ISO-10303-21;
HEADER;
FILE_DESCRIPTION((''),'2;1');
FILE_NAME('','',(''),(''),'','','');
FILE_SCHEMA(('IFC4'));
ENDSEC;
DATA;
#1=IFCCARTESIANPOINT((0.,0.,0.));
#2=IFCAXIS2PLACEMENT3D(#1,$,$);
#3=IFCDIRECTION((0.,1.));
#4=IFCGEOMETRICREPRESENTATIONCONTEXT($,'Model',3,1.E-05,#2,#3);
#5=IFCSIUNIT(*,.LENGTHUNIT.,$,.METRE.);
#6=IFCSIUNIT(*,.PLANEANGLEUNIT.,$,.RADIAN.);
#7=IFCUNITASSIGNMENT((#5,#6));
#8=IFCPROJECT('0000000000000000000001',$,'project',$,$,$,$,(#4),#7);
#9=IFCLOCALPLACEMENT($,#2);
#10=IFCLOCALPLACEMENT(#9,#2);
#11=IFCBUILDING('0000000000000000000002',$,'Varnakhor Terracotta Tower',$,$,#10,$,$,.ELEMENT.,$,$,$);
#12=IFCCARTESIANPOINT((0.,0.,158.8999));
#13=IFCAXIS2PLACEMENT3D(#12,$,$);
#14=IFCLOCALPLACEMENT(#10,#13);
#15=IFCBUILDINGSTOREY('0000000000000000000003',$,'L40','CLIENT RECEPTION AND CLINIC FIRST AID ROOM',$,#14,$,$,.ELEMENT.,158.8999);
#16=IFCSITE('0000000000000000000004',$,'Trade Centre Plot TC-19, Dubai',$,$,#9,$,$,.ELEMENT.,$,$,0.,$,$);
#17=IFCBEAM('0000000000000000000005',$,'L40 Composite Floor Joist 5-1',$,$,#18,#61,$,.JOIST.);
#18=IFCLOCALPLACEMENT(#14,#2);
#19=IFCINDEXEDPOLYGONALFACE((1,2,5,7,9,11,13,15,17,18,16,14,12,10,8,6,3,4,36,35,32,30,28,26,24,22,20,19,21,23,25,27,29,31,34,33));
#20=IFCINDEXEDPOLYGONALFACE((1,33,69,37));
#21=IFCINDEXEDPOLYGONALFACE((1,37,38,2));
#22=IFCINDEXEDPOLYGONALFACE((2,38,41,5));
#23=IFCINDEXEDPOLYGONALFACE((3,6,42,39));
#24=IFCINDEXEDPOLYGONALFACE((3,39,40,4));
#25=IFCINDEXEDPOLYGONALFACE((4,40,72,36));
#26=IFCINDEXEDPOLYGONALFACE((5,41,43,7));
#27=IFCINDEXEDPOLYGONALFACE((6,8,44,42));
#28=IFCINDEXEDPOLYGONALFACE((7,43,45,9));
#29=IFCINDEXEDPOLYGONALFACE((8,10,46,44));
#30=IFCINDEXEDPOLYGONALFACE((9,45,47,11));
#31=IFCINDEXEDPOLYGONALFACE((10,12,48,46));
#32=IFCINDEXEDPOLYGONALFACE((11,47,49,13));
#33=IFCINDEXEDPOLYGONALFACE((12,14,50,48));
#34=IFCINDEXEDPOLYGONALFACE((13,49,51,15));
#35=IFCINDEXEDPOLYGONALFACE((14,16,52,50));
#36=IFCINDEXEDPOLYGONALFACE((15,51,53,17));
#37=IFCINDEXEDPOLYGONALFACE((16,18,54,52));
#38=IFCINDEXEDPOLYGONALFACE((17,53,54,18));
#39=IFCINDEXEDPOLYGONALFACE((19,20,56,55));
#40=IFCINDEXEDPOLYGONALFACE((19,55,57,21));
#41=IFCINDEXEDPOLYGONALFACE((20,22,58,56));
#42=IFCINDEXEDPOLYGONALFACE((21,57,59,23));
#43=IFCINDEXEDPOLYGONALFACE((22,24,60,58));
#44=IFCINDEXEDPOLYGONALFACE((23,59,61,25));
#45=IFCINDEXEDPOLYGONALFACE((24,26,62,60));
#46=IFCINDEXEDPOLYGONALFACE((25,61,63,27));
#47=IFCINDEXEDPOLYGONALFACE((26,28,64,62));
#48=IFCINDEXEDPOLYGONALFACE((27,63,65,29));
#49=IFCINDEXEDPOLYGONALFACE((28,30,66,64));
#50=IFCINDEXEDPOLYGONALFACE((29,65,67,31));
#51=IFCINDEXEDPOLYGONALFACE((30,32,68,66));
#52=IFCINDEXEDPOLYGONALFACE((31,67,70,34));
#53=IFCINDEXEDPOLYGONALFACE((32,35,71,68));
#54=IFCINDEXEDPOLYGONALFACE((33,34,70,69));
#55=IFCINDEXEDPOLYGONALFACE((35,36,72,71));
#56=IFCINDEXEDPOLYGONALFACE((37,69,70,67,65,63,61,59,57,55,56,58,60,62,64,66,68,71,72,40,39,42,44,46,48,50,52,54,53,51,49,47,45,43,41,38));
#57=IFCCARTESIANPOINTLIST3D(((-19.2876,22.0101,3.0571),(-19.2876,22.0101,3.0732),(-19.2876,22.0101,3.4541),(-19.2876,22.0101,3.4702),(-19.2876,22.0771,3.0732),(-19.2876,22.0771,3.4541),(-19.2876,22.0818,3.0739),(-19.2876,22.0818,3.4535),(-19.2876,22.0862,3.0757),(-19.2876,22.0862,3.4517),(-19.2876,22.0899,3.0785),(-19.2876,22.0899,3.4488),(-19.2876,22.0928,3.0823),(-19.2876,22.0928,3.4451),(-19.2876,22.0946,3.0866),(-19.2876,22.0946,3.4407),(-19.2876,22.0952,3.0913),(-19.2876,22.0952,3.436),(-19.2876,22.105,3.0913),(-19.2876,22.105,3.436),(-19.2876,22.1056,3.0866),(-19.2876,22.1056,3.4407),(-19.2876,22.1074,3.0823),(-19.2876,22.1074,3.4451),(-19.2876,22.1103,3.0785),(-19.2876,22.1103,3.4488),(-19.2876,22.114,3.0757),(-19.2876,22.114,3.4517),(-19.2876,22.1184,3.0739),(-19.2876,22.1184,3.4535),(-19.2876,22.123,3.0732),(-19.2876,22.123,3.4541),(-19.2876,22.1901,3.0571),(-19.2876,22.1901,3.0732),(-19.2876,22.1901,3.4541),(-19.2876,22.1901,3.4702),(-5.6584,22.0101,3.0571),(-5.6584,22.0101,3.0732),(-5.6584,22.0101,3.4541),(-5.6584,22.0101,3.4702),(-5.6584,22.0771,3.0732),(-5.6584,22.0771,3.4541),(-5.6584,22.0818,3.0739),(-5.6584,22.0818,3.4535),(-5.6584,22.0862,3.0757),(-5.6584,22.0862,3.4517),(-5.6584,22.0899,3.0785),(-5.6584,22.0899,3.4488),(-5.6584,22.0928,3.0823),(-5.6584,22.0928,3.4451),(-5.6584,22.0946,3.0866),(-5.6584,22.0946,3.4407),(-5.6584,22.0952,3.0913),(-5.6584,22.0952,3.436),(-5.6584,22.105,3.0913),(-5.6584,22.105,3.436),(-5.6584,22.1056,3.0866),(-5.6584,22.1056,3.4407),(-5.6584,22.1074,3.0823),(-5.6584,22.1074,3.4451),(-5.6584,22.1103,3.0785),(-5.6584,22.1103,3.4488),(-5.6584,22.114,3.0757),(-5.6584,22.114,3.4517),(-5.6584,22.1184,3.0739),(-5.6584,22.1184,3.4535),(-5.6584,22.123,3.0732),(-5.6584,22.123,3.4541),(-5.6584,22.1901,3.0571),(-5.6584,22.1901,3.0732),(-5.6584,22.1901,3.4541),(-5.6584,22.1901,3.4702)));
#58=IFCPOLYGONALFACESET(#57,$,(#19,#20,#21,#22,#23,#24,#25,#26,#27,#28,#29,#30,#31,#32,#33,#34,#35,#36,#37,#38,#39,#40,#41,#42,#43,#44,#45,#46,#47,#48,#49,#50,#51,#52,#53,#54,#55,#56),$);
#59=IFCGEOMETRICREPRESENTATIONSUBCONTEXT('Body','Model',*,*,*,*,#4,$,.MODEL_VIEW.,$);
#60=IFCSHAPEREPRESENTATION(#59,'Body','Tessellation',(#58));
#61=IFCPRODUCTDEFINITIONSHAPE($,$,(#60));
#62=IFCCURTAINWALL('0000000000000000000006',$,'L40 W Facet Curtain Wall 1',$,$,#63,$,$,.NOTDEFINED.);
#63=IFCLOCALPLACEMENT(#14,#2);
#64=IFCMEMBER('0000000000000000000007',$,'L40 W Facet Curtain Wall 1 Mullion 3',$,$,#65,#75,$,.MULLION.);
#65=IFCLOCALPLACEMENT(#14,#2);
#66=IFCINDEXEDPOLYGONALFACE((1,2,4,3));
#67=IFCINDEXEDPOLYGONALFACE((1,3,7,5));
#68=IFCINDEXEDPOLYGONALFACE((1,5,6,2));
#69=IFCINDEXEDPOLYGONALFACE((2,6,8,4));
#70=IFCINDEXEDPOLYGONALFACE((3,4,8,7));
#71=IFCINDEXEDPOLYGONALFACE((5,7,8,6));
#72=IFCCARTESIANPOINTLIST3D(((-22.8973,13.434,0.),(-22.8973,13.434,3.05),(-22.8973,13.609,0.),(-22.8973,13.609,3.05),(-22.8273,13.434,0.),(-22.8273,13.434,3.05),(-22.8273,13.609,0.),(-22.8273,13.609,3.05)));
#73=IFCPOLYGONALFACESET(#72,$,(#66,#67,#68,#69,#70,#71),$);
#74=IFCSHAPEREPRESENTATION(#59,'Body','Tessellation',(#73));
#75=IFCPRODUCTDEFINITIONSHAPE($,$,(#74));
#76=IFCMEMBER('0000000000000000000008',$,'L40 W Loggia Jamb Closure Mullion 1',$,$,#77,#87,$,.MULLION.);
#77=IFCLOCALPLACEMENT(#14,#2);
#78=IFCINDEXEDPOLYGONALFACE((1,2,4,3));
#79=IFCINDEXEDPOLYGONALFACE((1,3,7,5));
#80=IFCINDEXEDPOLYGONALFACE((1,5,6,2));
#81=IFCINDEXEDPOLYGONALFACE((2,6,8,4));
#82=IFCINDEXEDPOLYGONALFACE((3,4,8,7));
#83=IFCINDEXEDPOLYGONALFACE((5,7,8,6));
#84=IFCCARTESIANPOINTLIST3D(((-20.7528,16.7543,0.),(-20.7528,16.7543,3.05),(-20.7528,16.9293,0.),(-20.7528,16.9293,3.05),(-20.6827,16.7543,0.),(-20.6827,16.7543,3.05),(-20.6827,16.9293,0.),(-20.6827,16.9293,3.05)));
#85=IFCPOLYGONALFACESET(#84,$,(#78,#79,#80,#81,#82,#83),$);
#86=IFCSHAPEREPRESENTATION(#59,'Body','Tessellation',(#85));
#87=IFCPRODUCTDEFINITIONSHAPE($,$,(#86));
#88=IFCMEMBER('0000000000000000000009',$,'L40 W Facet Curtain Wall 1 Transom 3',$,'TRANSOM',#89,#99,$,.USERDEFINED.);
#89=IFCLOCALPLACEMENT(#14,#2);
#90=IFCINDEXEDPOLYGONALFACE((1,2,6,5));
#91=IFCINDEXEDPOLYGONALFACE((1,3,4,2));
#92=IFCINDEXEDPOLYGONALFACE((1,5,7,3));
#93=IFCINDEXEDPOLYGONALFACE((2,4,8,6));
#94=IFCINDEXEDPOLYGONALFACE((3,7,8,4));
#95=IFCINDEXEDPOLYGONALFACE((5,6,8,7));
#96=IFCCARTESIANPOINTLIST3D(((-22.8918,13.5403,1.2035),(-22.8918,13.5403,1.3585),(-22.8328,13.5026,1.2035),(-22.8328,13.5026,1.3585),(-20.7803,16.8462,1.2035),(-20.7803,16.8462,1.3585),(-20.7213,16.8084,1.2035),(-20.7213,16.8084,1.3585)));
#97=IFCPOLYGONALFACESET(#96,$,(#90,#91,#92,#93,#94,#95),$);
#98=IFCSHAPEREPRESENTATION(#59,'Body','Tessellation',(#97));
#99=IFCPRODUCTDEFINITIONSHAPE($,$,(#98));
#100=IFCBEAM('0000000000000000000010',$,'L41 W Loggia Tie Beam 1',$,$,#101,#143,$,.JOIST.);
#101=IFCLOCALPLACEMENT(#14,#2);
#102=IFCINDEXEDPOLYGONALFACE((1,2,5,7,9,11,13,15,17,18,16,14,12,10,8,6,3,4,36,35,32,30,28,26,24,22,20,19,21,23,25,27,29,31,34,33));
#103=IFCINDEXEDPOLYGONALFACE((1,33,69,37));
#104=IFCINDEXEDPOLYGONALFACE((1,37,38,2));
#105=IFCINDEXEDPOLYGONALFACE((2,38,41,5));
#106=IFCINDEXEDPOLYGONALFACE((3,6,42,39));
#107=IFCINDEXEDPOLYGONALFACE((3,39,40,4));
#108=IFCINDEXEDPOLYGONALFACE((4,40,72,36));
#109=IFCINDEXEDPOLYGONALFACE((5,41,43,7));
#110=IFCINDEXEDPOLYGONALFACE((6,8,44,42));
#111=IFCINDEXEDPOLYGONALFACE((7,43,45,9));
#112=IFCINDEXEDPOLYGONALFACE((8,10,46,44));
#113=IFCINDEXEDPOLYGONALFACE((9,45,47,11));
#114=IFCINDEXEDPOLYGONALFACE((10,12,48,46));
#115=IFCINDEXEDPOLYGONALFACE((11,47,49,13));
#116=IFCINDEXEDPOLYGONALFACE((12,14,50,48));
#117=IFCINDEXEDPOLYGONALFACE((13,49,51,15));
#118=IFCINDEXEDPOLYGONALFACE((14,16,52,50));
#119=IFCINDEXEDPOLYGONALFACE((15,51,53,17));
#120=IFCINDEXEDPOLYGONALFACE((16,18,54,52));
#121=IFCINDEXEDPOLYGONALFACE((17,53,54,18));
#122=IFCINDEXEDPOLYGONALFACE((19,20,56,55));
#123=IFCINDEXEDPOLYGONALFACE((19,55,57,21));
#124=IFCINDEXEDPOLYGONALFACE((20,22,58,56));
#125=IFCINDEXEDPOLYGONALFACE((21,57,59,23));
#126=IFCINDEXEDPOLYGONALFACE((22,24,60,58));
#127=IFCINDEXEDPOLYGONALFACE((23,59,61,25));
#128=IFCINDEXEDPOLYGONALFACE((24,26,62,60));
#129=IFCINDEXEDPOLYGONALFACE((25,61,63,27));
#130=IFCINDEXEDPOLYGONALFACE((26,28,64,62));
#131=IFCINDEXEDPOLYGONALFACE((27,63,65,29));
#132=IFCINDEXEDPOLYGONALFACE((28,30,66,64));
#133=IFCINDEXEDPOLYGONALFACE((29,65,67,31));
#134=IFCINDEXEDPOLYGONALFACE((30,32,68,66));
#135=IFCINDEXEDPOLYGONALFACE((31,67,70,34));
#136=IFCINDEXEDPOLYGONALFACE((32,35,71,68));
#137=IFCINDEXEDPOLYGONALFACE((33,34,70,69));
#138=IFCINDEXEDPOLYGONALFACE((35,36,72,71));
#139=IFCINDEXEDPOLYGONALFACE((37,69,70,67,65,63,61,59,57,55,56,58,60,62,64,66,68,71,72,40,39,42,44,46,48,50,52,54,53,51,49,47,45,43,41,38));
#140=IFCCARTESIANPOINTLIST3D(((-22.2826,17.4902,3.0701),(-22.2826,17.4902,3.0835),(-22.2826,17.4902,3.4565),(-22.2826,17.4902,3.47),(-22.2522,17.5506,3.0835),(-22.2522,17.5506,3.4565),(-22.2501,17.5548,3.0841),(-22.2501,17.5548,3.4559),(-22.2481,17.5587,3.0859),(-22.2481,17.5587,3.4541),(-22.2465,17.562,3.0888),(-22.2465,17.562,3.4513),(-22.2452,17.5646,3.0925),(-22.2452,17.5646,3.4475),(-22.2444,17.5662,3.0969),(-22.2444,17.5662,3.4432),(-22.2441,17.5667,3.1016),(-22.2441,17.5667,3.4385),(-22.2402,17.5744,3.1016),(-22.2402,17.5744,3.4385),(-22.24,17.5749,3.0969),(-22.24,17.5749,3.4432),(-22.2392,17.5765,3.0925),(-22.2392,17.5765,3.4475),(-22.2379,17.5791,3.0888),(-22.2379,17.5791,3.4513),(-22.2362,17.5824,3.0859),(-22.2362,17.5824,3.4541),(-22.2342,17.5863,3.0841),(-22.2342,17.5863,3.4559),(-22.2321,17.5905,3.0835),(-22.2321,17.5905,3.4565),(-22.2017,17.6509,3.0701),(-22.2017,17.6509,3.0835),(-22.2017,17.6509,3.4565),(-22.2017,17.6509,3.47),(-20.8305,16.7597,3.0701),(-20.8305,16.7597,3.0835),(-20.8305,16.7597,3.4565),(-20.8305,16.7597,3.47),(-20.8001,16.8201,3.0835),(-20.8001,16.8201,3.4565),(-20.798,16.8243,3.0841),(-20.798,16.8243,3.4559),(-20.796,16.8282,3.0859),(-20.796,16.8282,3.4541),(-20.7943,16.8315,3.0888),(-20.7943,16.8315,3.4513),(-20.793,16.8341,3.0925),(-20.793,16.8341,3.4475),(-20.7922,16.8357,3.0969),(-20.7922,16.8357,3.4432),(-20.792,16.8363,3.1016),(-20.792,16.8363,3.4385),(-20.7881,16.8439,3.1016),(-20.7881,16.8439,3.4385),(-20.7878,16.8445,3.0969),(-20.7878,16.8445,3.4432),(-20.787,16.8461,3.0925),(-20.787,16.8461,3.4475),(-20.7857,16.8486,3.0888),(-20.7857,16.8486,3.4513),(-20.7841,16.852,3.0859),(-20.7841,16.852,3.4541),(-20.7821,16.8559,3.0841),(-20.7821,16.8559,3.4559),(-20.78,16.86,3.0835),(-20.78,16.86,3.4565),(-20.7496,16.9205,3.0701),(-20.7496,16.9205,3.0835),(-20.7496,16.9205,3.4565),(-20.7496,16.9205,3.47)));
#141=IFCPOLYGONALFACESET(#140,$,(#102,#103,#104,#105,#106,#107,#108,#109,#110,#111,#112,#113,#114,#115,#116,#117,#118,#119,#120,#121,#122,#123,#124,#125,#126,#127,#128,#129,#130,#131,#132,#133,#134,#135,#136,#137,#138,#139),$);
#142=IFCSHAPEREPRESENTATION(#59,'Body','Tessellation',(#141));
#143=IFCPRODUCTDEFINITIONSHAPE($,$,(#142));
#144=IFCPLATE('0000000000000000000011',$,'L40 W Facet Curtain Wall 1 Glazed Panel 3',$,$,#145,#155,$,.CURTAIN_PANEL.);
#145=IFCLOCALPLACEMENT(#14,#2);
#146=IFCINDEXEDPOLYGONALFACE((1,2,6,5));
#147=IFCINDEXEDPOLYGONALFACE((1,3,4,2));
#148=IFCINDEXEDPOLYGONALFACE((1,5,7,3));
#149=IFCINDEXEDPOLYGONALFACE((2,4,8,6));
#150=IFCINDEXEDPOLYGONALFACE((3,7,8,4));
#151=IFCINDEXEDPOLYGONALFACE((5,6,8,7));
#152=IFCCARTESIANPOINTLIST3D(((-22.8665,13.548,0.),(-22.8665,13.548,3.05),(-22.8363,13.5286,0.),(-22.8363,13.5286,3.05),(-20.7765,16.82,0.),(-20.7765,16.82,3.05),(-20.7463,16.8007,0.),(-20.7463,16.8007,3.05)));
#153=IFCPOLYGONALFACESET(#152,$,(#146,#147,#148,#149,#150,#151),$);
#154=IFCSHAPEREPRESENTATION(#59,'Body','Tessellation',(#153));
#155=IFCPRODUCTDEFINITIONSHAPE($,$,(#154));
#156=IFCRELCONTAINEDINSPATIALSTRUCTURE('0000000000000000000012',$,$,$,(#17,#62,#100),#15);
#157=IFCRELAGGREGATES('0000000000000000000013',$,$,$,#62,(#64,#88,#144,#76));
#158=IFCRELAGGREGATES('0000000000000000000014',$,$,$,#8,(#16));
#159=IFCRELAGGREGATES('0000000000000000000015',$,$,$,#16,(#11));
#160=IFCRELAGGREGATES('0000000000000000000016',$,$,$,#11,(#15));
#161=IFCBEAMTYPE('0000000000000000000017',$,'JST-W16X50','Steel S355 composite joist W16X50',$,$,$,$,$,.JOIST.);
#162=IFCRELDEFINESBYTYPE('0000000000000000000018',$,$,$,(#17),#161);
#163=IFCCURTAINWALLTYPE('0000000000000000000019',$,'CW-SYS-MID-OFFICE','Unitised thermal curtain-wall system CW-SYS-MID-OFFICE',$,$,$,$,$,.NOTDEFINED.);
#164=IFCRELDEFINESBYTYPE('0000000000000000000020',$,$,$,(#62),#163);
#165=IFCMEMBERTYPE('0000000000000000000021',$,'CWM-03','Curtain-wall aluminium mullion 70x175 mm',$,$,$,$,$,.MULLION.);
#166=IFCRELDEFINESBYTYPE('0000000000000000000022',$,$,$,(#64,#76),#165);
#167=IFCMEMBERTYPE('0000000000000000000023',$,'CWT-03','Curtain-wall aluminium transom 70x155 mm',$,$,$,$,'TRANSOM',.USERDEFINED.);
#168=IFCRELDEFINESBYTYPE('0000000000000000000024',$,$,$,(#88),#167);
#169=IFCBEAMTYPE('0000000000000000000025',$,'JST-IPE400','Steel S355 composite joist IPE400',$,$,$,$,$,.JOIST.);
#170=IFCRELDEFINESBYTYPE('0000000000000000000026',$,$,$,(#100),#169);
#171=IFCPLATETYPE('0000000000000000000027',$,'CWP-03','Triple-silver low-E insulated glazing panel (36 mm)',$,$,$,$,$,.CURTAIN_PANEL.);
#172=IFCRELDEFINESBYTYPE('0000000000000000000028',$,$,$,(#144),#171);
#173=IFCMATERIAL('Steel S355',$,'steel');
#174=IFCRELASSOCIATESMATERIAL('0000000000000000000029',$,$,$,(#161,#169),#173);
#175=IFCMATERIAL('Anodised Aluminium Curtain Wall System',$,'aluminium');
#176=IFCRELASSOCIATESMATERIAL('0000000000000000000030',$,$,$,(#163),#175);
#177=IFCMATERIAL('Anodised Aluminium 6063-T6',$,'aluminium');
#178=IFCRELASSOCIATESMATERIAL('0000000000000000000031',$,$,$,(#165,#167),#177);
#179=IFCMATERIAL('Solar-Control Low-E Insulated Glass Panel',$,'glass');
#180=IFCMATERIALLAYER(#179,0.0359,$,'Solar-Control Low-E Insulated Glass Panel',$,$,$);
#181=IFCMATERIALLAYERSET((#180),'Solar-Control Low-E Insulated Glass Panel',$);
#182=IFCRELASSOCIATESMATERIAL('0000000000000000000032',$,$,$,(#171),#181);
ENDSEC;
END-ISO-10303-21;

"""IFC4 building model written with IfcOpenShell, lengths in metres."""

from ifc_helpers import new_model, si_unit, direction, frame, origin, origin_2d, place, context, subcontext, project, spatial, rectangle, i_section, extrude, source, transform, mapped, material, layer, layer_set, material_profile, profile_set, type_object, element, aggregate, save


model = new_model("IFC4")

# Units and contexts
model_context = context("Model", 3, precision=1e-05, world=origin(), true_north=direction((0.0, 1.0)))
body_context = subcontext(model_context, "Body", "Model", "MODEL_VIEW")
ifc_project = project(units=[si_unit("LENGTHUNIT", "METRE"), si_unit("PLANEANGLEUNIT", "RADIAN")], contexts=[model_context])

# Site, building, storey
site_placement = place(None, origin())
site = spatial("IfcSite", under=ifc_project, at=site_placement, Name="Trade Centre Plot TC-19, Dubai", CompositionType="ELEMENT", RefElevation=0.0)
building_placement = place(site_placement, origin())
building = spatial("IfcBuilding", under=site, at=building_placement, Name="Varnakhor Terracotta Tower", CompositionType="ELEMENT")
storey_placement = place(building_placement, frame((0.0, 0.0, 158.8999)))
storey = spatial("IfcBuildingStorey", under=building, at=storey_placement, Name="L40", Description="CLIENT RECEPTION AND CLINIC FIRST AID ROOM", CompositionType="ELEMENT", Elevation=158.8999)

# Beam
ifc_material_1 = material(Name="Steel S355", Category="steel")
ifc_material_profile_1 = material_profile(ifc_material_1, i_section(OverallWidth=0.1799, OverallDepth=0.4131, WebThickness=0.0098, FlangeThickness=0.0161, FilletRadius=0.0181, at=origin_2d()), Name="W16X50")
ifc_profile_set_1 = profile_set([ifc_material_profile_1], Name="Steel S355")
beam_type_1 = type_object("IfcBeamType", Name="JST-W16X50", Description="Steel S355 composite joist W16X50", PredefinedType="JOIST", material=ifc_profile_set_1)
shared_shape_1 = source(origin(), body_context, "Body", "SweptSolid", [
    extrude(i_section(OverallWidth=0.1799, OverallDepth=0.4131, WebThickness=0.0098, FlangeThickness=0.0161, FilletRadius=0.0181, at=origin_2d()), origin(), (0.0, 0.0, 1.0), 13.6292),
])
beam_1_placement = place(storey_placement, frame((-19.2876, 22.1001, 3.2637), z_axis=(1.0, 0.0, 0.0), x_axis=(0.0, 1.0, 0.0)))
element("IfcBeam", 1, at=beam_1_placement, inside=storey, type_object=beam_type_1, Name="L40 Composite Floor Joist 5-1", PredefinedType="JOIST", context=body_context, shape_type="MappedRepresentation", body=[
    mapped(shared_shape_1, transform((0.0, 0.0, 0.0), scale=1.0)),
])

# Curtain wall, members
ifc_material_2 = material(Name="Anodised Aluminium Curtain Wall System", Category="aluminium")
curtain_wall_type = type_object("IfcCurtainWallType", Name="CW-SYS-MID-OFFICE", Description="Unitised thermal curtain-wall system CW-SYS-MID-OFFICE", PredefinedType="NOTDEFINED", material=ifc_material_2)
curtain_wall_placement = place(storey_placement, origin())
curtain_wall = element("IfcCurtainWall", 2, at=curtain_wall_placement, inside=storey, type_object=curtain_wall_type, Name="L40 W Facet Curtain Wall 1", PredefinedType="NOTDEFINED")
ifc_material_3 = material(Name="Anodised Aluminium 6063-T6", Category="aluminium")
ifc_material_profile_2 = material_profile(ifc_material_3, rectangle(XDim=0.0701, YDim=0.175, at=origin_2d()), Name="ALU MULLION 70x175")
ifc_profile_set_2 = profile_set([ifc_material_profile_2], Name="Anodised Aluminium 6063-T6")
member_type_1 = type_object("IfcMemberType", Name="CWM-03", Description="Curtain-wall aluminium mullion 70x175 mm", PredefinedType="MULLION", material=ifc_profile_set_2)
shared_shape_2 = source(origin(), body_context, "Body", "SweptSolid", [
    extrude(rectangle(XDim=0.0701, YDim=0.175, at=origin_2d()), origin(), (0.0, 0.0, 1.0), 3.05),
])
member_1_placement = place(storey_placement, frame((-22.8623, 13.5215, 0.0), z_axis=(0.0, 0.0, 1.0), x_axis=(1.0, 0.0, 0.0)))
member_1 = element("IfcMember", 3, at=member_1_placement, type_object=member_type_1, Name="L40 W Facet Curtain Wall 1 Mullion 3", PredefinedType="MULLION", context=body_context, shape_type="MappedRepresentation", body=[
    mapped(shared_shape_2, transform((0.0, 0.0, 0.0), scale=1.0)),
])
member_2_placement = place(storey_placement, frame((-20.7178, 16.8418, 0.0), z_axis=(0.0, 0.0, 1.0), x_axis=(1.0, 0.0, 0.0)))
member_2 = element("IfcMember", 4, at=member_2_placement, type_object=member_type_1, Name="L40 W Loggia Jamb Closure Mullion 1", PredefinedType="MULLION", context=body_context, shape_type="MappedRepresentation", body=[
    mapped(shared_shape_2, transform((0.0, 0.0, 0.0), scale=1.0)),
])
ifc_material_profile_3 = material_profile(ifc_material_3, rectangle(XDim=0.0701, YDim=0.155, at=origin_2d()), Name="ALU TRANSOM 70x155")
ifc_profile_set_3 = profile_set([ifc_material_profile_3], Name="Anodised Aluminium 6063-T6")
member_type_2 = type_object("IfcMemberType", Name="CWT-03", Description="Curtain-wall aluminium transom 70x155 mm", ElementType="TRANSOM", PredefinedType="USERDEFINED", material=ifc_profile_set_3)
shared_shape_3 = source(origin(), body_context, "Body", "SweptSolid", [
    extrude(rectangle(XDim=0.0701, YDim=0.155, at=origin_2d()), origin(), (0.0, 0.0, 1.0), 3.9226),
])
member_3_placement = place(storey_placement, frame((-22.8623, 13.5215, 1.281), z_axis=(0.538292, 0.842758, 0.0), x_axis=(-0.842758, 0.538292, 0.0)))
member_3 = element("IfcMember", 5, at=member_3_placement, type_object=member_type_2, Name="L40 W Facet Curtain Wall 1 Transom 3", ObjectType="TRANSOM", PredefinedType="USERDEFINED", context=body_context, shape_type="MappedRepresentation", body=[
    mapped(shared_shape_3, transform((0.0, 0.0, 0.0), scale=1.0)),
])

# Beam
ifc_material_profile_4 = material_profile(ifc_material_1, i_section(OverallWidth=0.1799, OverallDepth=0.3999, WebThickness=0.0085, FlangeThickness=0.0134, FilletRadius=0.0181, at=origin_2d()), Name="IPE400")
ifc_profile_set_4 = profile_set([ifc_material_profile_4], Name="Steel S355")
beam_type_2 = type_object("IfcBeamType", Name="JST-IPE400", Description="Steel S355 composite joist IPE400", PredefinedType="JOIST", material=ifc_profile_set_4)
shared_shape_4 = source(origin(), body_context, "Body", "SweptSolid", [
    extrude(i_section(OverallWidth=0.1799, OverallDepth=0.3999, WebThickness=0.0085, FlangeThickness=0.0134, FilletRadius=0.0181, at=origin_2d()), origin(), (0.0, 0.0, 1.0), 1.6255),
])
beam_2_placement = place(storey_placement, frame((-20.79, 16.8401, 3.27), z_axis=(-0.893343, 0.449375, 0.0), x_axis=(-0.449375, -0.893343, 0.0)))
element("IfcBeam", 6, at=beam_2_placement, inside=storey, type_object=beam_type_2, Name="L41 W Loggia Tie Beam 1", PredefinedType="JOIST", context=body_context, shape_type="MappedRepresentation", body=[
    mapped(shared_shape_4, transform((0.0, 0.0, 0.0), scale=1.0)),
])

# Plate
ifc_material_4 = material(Name="Solar-Control Low-E Insulated Glass Panel", Category="glass")
ifc_layer_1 = layer(ifc_material_4, 0.0359, Name="Solar-Control Low-E Insulated Glass Panel")
ifc_layer_set_1 = layer_set([ifc_layer_1], Name="Solar-Control Low-E Insulated Glass Panel")
plate_type = type_object("IfcPlateType", Name="CWP-03", Description="Triple-silver low-E insulated glazing panel (36 mm)", PredefinedType="CURTAIN_PANEL", material=ifc_layer_set_1)
shared_shape_5 = source(origin(), body_context, "Body", "SweptSolid", [
    extrude(rectangle(XDim=3.8826, YDim=0.0359, at=origin_2d()), origin(), (0.0, 0.0, 1.0), 3.05),
])
plate_placement = place(storey_placement, frame((-21.8064, 15.1743, 0.0), z_axis=(0.0, 0.0, 1.0), x_axis=(0.5383, 0.842753, 0.0)))
plate = element("IfcPlate", 7, at=plate_placement, type_object=plate_type, Name="L40 W Facet Curtain Wall 1 Glazed Panel 3", PredefinedType="CURTAIN_PANEL", context=body_context, shape_type="MappedRepresentation", body=[
    mapped(shared_shape_5, transform((0.0, 0.0, 0.0), scale=1.0)),
])
aggregate(curtain_wall, [member_1, member_3, plate, member_2])

save(model, "model.ifc")
